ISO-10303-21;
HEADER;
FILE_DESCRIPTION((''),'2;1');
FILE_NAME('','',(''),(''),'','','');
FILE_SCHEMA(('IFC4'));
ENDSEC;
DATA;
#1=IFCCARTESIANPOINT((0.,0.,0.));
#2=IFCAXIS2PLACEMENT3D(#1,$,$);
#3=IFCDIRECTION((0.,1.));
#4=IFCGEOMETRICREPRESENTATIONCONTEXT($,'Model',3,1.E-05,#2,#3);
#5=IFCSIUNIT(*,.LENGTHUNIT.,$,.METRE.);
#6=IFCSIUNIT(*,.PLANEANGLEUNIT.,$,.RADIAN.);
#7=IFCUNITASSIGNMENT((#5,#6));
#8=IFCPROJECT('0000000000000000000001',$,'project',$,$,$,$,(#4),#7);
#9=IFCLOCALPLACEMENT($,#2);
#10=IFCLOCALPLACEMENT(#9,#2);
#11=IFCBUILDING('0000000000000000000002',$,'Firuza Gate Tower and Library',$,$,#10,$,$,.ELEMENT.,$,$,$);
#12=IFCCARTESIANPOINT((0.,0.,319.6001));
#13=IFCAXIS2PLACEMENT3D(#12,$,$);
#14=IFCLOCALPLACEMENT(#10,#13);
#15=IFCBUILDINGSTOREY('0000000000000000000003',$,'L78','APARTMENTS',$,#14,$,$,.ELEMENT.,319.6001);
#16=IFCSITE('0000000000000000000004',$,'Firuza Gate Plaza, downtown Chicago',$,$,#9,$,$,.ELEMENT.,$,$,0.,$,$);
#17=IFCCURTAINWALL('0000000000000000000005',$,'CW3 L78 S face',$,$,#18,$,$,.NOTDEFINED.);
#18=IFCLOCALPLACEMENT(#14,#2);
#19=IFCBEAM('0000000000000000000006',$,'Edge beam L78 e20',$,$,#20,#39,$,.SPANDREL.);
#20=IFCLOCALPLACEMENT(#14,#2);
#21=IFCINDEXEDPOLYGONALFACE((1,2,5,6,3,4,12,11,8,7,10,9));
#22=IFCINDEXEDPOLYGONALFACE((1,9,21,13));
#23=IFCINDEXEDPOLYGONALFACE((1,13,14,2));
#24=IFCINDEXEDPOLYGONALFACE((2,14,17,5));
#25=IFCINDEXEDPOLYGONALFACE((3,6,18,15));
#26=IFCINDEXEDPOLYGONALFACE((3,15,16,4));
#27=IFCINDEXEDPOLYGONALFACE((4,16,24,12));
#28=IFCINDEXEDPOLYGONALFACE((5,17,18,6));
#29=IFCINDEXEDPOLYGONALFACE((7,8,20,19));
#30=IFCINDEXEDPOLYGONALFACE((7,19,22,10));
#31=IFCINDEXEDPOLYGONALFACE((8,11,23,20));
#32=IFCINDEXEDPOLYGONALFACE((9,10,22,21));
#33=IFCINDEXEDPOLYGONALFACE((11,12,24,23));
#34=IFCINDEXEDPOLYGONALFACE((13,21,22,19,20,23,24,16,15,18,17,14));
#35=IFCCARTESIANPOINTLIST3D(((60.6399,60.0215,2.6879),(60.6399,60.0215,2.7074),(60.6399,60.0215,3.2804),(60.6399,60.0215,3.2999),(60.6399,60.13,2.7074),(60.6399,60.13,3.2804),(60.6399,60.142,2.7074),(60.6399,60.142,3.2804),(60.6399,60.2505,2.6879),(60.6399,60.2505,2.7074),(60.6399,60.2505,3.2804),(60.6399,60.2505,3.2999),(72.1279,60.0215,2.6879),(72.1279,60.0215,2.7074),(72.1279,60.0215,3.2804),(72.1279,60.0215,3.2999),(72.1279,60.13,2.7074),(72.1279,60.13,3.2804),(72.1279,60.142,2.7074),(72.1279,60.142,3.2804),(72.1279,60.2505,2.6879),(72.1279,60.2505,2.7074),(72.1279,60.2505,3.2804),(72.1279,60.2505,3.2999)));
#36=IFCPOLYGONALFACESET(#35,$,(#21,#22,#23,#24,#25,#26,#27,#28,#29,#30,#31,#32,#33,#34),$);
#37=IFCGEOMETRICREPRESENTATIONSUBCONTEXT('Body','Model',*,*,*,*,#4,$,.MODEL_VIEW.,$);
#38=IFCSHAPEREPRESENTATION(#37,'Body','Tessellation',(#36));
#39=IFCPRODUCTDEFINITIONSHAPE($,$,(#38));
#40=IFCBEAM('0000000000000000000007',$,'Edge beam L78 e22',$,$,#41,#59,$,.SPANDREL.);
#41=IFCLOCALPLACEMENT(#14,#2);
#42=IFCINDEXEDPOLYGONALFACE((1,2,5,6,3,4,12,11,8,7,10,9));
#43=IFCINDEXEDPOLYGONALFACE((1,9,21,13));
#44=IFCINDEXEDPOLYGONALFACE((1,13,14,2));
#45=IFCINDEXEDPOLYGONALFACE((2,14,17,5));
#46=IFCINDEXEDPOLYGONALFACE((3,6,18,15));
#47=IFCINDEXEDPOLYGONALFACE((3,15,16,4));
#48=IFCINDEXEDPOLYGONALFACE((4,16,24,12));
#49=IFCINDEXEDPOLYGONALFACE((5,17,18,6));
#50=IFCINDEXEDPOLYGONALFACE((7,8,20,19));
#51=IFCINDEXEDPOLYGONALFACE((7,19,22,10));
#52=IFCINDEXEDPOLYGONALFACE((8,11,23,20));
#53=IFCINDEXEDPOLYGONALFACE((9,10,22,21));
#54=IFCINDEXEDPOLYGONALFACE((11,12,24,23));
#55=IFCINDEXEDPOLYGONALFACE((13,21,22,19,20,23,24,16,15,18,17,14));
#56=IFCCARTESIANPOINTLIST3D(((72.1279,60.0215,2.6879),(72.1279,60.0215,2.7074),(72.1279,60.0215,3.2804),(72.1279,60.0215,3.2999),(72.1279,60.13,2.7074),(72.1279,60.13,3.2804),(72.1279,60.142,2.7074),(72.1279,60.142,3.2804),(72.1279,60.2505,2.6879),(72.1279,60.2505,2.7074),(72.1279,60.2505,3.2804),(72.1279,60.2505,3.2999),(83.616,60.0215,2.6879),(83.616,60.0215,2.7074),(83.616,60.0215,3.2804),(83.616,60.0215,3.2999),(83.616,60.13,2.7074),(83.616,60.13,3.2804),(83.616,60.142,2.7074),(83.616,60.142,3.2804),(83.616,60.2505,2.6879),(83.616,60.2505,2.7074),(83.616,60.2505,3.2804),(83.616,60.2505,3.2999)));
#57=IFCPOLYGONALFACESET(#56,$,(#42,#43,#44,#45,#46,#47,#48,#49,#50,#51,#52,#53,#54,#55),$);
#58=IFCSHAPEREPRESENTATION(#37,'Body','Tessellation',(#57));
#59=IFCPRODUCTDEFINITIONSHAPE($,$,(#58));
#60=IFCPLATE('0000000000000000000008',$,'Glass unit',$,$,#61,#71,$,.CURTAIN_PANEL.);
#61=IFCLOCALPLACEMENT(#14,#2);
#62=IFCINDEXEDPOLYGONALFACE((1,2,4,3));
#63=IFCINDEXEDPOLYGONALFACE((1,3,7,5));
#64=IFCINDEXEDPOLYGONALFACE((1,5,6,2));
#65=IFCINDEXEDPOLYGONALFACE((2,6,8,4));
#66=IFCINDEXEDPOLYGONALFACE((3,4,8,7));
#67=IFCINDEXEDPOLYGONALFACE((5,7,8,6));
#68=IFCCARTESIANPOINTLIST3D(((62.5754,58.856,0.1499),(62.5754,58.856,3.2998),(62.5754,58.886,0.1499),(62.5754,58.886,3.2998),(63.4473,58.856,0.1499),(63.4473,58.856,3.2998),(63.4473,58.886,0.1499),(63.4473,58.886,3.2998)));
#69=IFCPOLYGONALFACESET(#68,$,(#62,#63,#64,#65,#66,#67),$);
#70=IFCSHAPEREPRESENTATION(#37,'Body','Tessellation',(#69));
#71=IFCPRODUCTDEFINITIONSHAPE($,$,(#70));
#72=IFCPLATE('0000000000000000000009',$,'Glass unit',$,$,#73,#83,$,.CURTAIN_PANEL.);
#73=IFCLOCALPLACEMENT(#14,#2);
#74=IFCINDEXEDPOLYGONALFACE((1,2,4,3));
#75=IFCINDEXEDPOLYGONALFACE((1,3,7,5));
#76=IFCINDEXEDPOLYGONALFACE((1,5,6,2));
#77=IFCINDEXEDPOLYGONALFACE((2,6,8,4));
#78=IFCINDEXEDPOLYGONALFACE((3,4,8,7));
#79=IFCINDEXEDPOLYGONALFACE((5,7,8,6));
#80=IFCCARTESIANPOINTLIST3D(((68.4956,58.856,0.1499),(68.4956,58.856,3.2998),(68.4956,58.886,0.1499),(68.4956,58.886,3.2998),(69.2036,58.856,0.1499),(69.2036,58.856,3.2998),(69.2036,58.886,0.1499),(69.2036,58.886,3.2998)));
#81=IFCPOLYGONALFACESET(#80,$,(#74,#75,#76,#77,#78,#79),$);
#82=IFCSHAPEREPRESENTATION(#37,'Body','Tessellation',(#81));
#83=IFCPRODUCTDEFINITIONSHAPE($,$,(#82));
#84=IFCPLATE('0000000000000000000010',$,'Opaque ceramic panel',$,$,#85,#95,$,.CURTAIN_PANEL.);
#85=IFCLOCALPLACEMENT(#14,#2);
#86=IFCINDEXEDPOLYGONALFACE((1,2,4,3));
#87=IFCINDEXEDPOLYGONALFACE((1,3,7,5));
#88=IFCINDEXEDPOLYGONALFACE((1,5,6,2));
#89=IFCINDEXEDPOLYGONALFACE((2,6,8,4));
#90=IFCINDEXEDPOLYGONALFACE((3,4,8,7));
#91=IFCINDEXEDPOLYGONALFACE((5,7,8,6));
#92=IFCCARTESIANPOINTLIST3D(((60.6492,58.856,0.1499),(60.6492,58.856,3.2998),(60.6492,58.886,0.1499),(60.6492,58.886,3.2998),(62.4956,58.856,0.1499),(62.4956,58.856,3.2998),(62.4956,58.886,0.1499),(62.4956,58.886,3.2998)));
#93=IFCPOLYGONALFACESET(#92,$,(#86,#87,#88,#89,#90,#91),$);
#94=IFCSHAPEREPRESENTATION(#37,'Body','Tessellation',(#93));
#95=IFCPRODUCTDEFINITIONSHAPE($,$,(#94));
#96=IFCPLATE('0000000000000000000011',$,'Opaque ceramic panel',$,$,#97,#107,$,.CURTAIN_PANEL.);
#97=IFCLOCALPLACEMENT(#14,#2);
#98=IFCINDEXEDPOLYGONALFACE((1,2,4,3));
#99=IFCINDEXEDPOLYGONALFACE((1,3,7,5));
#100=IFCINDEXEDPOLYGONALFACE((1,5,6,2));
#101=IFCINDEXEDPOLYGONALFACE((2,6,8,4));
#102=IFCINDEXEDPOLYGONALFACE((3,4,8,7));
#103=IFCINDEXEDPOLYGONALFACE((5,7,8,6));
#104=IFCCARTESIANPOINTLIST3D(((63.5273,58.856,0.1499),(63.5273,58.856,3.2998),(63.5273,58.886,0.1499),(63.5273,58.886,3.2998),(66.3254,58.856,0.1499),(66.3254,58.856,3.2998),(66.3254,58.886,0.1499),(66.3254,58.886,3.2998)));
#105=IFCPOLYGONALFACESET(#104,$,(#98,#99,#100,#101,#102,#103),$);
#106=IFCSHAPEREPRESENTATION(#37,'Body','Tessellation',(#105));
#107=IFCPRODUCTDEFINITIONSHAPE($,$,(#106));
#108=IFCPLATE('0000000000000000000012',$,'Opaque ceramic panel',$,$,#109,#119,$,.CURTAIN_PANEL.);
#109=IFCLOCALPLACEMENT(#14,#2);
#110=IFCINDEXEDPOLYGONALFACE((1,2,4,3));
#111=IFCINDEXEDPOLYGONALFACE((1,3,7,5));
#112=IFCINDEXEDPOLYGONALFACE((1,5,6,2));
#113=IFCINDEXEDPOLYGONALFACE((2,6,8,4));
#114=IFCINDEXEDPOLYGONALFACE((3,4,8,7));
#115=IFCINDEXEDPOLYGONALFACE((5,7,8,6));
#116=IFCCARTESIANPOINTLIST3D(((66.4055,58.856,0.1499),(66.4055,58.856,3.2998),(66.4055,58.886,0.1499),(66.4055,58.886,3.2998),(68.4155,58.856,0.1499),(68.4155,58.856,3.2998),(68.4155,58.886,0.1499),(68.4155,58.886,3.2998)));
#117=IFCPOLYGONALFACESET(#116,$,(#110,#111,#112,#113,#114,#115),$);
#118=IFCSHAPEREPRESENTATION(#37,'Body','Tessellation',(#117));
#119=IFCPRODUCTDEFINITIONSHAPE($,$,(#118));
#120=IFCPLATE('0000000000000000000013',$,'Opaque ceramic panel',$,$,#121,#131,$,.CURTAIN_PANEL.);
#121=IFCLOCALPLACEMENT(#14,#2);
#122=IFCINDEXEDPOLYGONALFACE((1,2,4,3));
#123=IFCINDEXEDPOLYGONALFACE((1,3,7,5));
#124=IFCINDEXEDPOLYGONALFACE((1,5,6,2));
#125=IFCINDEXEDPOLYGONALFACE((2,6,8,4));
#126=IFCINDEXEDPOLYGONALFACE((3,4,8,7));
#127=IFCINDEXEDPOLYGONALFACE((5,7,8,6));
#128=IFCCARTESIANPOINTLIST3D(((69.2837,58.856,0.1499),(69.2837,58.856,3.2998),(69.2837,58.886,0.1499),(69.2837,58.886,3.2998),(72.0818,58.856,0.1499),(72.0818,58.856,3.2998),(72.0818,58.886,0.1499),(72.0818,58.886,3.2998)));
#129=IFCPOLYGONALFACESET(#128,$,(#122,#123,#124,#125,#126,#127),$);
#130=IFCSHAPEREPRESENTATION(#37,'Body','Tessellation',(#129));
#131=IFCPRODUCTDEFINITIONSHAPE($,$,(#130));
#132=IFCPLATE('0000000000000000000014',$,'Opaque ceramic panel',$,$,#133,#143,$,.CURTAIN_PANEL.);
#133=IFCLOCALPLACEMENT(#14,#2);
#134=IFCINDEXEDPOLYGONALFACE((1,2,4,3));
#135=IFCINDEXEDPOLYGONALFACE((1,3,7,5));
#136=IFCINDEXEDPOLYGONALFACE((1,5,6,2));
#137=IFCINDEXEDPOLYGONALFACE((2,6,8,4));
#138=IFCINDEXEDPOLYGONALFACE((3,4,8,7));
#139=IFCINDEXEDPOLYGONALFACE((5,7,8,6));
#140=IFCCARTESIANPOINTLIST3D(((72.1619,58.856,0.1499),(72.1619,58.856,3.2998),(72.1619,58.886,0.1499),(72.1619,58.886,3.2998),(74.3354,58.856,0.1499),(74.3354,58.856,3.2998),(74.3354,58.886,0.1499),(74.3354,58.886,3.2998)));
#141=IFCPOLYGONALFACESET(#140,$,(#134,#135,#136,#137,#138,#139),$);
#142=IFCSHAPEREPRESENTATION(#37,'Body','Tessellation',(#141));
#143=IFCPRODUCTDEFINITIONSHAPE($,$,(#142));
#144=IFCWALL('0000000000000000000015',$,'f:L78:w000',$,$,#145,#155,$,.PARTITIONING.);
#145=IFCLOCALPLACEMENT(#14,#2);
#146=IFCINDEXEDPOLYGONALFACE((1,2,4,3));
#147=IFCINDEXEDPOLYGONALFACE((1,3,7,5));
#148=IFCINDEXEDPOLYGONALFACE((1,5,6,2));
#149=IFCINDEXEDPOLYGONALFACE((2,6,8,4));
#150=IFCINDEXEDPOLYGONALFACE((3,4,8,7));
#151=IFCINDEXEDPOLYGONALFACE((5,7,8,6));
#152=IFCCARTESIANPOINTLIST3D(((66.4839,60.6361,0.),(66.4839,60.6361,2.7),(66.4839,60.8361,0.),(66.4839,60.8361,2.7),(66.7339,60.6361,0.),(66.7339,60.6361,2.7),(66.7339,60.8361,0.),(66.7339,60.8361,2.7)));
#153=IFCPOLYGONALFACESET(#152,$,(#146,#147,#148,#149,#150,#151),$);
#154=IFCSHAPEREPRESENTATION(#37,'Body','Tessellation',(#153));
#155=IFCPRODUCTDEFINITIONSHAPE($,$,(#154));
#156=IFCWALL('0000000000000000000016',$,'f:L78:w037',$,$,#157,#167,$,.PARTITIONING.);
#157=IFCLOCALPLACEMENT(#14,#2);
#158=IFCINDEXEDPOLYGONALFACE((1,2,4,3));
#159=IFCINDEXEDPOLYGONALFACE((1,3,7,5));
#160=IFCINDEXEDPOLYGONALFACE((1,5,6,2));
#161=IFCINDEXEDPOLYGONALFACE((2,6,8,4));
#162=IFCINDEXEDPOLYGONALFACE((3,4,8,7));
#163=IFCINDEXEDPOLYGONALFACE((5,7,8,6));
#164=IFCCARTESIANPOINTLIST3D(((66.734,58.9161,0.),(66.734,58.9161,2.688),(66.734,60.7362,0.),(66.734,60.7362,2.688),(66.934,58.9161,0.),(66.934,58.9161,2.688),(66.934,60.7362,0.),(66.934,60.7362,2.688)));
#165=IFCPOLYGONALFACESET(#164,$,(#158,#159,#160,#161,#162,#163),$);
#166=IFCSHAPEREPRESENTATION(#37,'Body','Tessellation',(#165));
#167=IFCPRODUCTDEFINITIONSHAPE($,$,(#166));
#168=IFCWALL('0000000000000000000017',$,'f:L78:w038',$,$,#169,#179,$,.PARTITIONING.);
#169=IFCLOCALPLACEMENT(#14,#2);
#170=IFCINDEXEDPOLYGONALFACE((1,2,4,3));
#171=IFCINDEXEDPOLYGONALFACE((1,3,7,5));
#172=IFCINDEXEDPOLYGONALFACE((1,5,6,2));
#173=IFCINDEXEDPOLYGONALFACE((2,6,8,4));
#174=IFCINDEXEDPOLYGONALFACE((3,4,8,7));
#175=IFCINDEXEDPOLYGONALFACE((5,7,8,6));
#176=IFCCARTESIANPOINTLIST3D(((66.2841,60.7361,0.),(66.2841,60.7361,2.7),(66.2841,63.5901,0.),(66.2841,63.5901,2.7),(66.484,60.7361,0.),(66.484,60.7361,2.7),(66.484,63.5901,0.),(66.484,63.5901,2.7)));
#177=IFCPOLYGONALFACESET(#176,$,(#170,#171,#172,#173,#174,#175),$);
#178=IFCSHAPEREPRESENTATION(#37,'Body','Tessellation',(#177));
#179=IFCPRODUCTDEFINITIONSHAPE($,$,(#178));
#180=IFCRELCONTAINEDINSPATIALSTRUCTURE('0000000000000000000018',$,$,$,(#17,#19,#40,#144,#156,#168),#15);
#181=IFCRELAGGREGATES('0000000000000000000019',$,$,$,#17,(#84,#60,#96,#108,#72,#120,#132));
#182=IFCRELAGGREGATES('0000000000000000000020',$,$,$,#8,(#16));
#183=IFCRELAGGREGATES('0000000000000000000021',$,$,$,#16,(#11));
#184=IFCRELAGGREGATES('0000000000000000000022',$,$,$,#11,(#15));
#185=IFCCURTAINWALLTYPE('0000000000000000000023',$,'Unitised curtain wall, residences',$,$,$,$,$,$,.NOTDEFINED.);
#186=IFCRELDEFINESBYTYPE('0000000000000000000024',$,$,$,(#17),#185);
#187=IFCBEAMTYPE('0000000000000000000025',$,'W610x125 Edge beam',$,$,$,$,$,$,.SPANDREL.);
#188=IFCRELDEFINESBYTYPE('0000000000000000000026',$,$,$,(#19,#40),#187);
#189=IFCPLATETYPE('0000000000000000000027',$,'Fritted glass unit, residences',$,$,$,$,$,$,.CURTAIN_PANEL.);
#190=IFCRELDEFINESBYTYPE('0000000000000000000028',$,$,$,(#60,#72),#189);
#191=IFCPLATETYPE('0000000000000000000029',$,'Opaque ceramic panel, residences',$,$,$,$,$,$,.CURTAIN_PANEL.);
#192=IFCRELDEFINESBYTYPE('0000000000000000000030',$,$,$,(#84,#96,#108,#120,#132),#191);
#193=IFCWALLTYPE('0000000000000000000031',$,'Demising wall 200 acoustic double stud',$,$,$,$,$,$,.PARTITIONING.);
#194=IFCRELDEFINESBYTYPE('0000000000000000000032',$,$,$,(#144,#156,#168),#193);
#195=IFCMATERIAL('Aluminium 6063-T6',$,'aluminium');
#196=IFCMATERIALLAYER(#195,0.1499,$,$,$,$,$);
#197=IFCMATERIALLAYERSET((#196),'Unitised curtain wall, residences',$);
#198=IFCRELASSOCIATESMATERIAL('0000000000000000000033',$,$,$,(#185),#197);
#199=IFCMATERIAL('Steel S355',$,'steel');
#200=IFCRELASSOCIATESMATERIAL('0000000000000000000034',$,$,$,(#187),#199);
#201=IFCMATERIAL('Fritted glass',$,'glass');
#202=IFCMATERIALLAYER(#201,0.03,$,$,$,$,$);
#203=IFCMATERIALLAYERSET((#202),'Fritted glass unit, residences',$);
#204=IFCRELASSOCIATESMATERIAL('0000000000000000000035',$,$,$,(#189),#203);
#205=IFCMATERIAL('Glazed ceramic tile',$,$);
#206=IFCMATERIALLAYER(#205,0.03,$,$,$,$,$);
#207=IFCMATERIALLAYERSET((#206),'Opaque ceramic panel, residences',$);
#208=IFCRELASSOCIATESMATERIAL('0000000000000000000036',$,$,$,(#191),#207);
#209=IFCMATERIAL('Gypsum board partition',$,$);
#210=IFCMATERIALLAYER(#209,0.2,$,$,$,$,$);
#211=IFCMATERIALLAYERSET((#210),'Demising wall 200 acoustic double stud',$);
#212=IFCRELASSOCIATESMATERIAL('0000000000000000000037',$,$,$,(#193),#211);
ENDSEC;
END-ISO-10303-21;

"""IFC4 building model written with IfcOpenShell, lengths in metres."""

from ifc_helpers import new_model, si_unit, direction, frame, frame_2d, origin, origin_2d, place, context, subcontext, project, spatial, polyline, rectangle, i_section, outline, extrude, material, layer, layer_set, material_profile, profile_set, type_object, element, aggregate, save


model = new_model("IFC4")

# Units and contexts
model_context = context("Model", 3, precision=1e-05, world=origin(), true_north=direction((0.0, 1.0)))
body_context = subcontext(model_context, "Body", "Model", "MODEL_VIEW")
ifc_project = project(units=[si_unit("LENGTHUNIT", "METRE"), si_unit("PLANEANGLEUNIT", "RADIAN")], contexts=[model_context])

# Site, building, storey
site_placement = place(None, origin())
site = spatial("IfcSite", under=ifc_project, at=site_placement, Name="Firuza Gate Plaza, downtown Chicago", CompositionType="ELEMENT", RefElevation=0.0)
building_placement = place(site_placement, origin())
building = spatial("IfcBuilding", under=site, at=building_placement, Name="Firuza Gate Tower and Library", CompositionType="ELEMENT")
storey_placement = place(building_placement, frame((0.0, 0.0, 319.6001)))
storey = spatial("IfcBuildingStorey", under=building, at=storey_placement, Name="L78", Description="APARTMENTS", CompositionType="ELEMENT", Elevation=319.6001)

# Curtain wall
ifc_material_1 = material(Name="Aluminium 6063-T6", Category="aluminium")
ifc_layer_1 = layer(ifc_material_1, 0.1499)
ifc_layer_set_1 = layer_set([ifc_layer_1], Name="Unitised curtain wall, residences")
curtain_wall_type = type_object("IfcCurtainWallType", Name="Unitised curtain wall, residences", PredefinedType="NOTDEFINED", material=ifc_layer_set_1)
curtain_wall_placement = place(storey_placement, origin())
curtain_wall = element("IfcCurtainWall", 1, at=curtain_wall_placement, inside=storey, type_object=curtain_wall_type, Name="CW3 L78 S face", PredefinedType="NOTDEFINED")

# Beams
ifc_material_2 = material(Name="Steel S355", Category="steel")
ifc_material_profile_1 = material_profile(ifc_material_2, i_section(OverallWidth=0.229, OverallDepth=0.6121, WebThickness=0.012, FlangeThickness=0.0195, at=origin_2d()))
ifc_profile_set_1 = profile_set([ifc_material_profile_1], Name="Steel S355")
beam_type_1 = type_object("IfcBeamType", Name="W610x125 Edge beam", PredefinedType="SPANDREL", material=ifc_profile_set_1)
for number, where, z_axis, x_axis, name in (
    (2, (60.6399, 60.136, 2.9939), (1.0, 0.0, 0.0), (0.0, 1.0, 0.0), "Edge beam L78 e20"),
    (3, (72.1279, 60.136, 2.9939), (1.0, 0.0, 0.0), (0.0, 1.0, 0.0), "Edge beam L78 e22"),
):
    element("IfcBeam", number, at=place(storey_placement, frame(where, z_axis=z_axis, x_axis=x_axis)), inside=storey, type_object=beam_type_1, Name=name, PredefinedType="SPANDREL", context=body_context, shape_type="SweptSolid", body=[
        extrude(i_section(OverallWidth=0.229, OverallDepth=0.6121, WebThickness=0.012, FlangeThickness=0.0195, at=origin_2d()), origin(), (0.0, 0.0, 1.0), 11.488),
    ])

# Plates
ifc_material_3 = material(Name="Fritted glass", Category="glass")
ifc_layer_2 = layer(ifc_material_3, 0.03)
ifc_layer_set_2 = layer_set([ifc_layer_2], Name="Fritted glass unit, residences")
plate_type_1 = type_object("IfcPlateType", Name="Fritted glass unit, residences", PredefinedType="CURTAIN_PANEL", material=ifc_layer_set_2)
plate_1_placement = place(storey_placement, frame((62.5754, 58.856, 0.1499), z_axis=(0.0, -1.0, 0.0), x_axis=(1.0, 0.0, 0.0)))
plate_1 = element("IfcPlate", 4, at=plate_1_placement, type_object=plate_type_1, Name="Glass unit", PredefinedType="CURTAIN_PANEL", context=body_context, shape_type="SweptSolid", body=[
    extrude(outline(polyline([(0.0, 0.0), (0.8718, 0.0), (0.8718, 3.1499), (0.0, 3.1499), (0.0, 0.0)])), origin(), (0.0, 0.0, -1.0), 0.03),
])
plate_2_placement = place(storey_placement, frame((68.4956, 58.856, 0.1499), z_axis=(0.0, -1.0, 0.0), x_axis=(1.0, 0.0, 0.0)))
plate_2 = element("IfcPlate", 5, at=plate_2_placement, type_object=plate_type_1, Name="Glass unit", PredefinedType="CURTAIN_PANEL", context=body_context, shape_type="SweptSolid", body=[
    extrude(outline(polyline([(0.0, 0.0), (0.708, 0.0), (0.708, 3.1499), (0.0, 3.1499), (0.0, 0.0)])), origin(), (0.0, 0.0, -1.0), 0.03),
])
ifc_material_4 = material(Name="Glazed ceramic tile")
ifc_layer_3 = layer(ifc_material_4, 0.03)
ifc_layer_set_3 = layer_set([ifc_layer_3], Name="Opaque ceramic panel, residences")
plate_type_2 = type_object("IfcPlateType", Name="Opaque ceramic panel, residences", PredefinedType="CURTAIN_PANEL", material=ifc_layer_set_3)
plate_3_placement = place(storey_placement, frame((60.6492, 58.856, 0.1499), z_axis=(0.0, -1.0, 0.0), x_axis=(1.0, 0.0, 0.0)))
plate_3 = element("IfcPlate", 6, at=plate_3_placement, type_object=plate_type_2, Name="Opaque ceramic panel", PredefinedType="CURTAIN_PANEL", context=body_context, shape_type="SweptSolid", body=[
    extrude(outline(polyline([(0.0, 0.0), (1.8464, 0.0), (1.8464, 3.1499), (0.0, 3.1499), (0.0, 0.0)])), origin(), (0.0, 0.0, -1.0), 0.03),
])
plate_4_placement = place(storey_placement, frame((63.5273, 58.856, 0.1499), z_axis=(0.0, -1.0, 0.0), x_axis=(1.0, 0.0, 0.0)))
plate_4 = element("IfcPlate", 7, at=plate_4_placement, type_object=plate_type_2, Name="Opaque ceramic panel", PredefinedType="CURTAIN_PANEL", context=body_context, shape_type="SweptSolid", body=[
    extrude(outline(polyline([(0.0, 0.0), (2.7981, 0.0), (2.7981, 3.1499), (0.0, 3.1499), (0.0, 0.0)])), origin(), (0.0, 0.0, -1.0), 0.03),
])
plate_5_placement = place(storey_placement, frame((66.4055, 58.856, 0.1499), z_axis=(0.0, -1.0, 0.0), x_axis=(1.0, 0.0, 0.0)))
plate_5 = element("IfcPlate", 8, at=plate_5_placement, type_object=plate_type_2, Name="Opaque ceramic panel", PredefinedType="CURTAIN_PANEL", context=body_context, shape_type="SweptSolid", body=[
    extrude(outline(polyline([(0.0, 0.0), (2.01, 0.0), (2.01, 3.1499), (0.0, 3.1499), (0.0, 0.0)])), origin(), (0.0, 0.0, -1.0), 0.03),
])
plate_6_placement = place(storey_placement, frame((69.2837, 58.856, 0.1499), z_axis=(0.0, -1.0, 0.0), x_axis=(1.0, 0.0, 0.0)))
plate_6 = element("IfcPlate", 9, at=plate_6_placement, type_object=plate_type_2, Name="Opaque ceramic panel", PredefinedType="CURTAIN_PANEL", context=body_context, shape_type="SweptSolid", body=[
    extrude(outline(polyline([(0.0, 0.0), (2.7981, 0.0), (2.7981, 3.1499), (0.0, 3.1499), (0.0, 0.0)])), origin(), (0.0, 0.0, -1.0), 0.03),
])
plate_7_placement = place(storey_placement, frame((72.1619, 58.856, 0.1499), z_axis=(0.0, -1.0, 0.0), x_axis=(1.0, 0.0, 0.0)))
plate_7 = element("IfcPlate", 10, at=plate_7_placement, type_object=plate_type_2, Name="Opaque ceramic panel", PredefinedType="CURTAIN_PANEL", context=body_context, shape_type="SweptSolid", body=[
    extrude(outline(polyline([(0.0, 0.0), (2.1736, 0.0), (2.1736, 3.1499), (0.0, 3.1499), (0.0, 0.0)])), origin(), (0.0, 0.0, -1.0), 0.03),
])
aggregate(curtain_wall, [plate_3, plate_1, plate_4, plate_5, plate_2, plate_6, plate_7])

# Walls
ifc_material_5 = material(Name="Gypsum board partition")
ifc_layer_4 = layer(ifc_material_5, 0.2)
ifc_layer_set_4 = layer_set([ifc_layer_4], Name="Demising wall 200 acoustic double stud")
wall_type_1 = type_object("IfcWallType", Name="Demising wall 200 acoustic double stud", PredefinedType="PARTITIONING", material=ifc_layer_set_4)
wall_1_placement = place(storey_placement, frame((66.4839, 60.7361, 0.0), z_axis=(0.0, 0.0, 1.0), x_axis=(1.0, 0.0, 0.0)))
element("IfcWall", 11, at=wall_1_placement, inside=storey, type_object=wall_type_1, Name="f:L78:w000", PredefinedType="PARTITIONING", context=body_context, shape_type="SweptSolid", body=[
    extrude(rectangle(XDim=0.25, YDim=0.2, at=frame_2d((0.125, 0.0))), origin(), (0.0, 0.0, 1.0), 2.7),
])
wall_2_placement = place(storey_placement, frame((66.834, 58.916, 0.0), z_axis=(0.0, 0.0, 1.0), x_axis=(0.0, 1.0, 0.0)))
element("IfcWall", 12, at=wall_2_placement, inside=storey, type_object=wall_type_1, Name="f:L78:w037", PredefinedType="PARTITIONING", context=body_context, shape_type="SweptSolid", body=[
    extrude(rectangle(XDim=1.8201, YDim=0.2, at=frame_2d((0.9102, 0.0))), origin(), (0.0, 0.0, 1.0), 2.688),
])
wall_3_placement = place(storey_placement, frame((66.384, 60.7361, 0.0), z_axis=(0.0, 0.0, 1.0), x_axis=(0.0, 1.0, 0.0)))
element("IfcWall", 13, at=wall_3_placement, inside=storey, type_object=wall_type_1, Name="f:L78:w038", PredefinedType="PARTITIONING", context=body_context, shape_type="SweptSolid", body=[
    extrude(rectangle(XDim=2.854, YDim=0.2, at=frame_2d((1.427, 0.0))), origin(), (0.0, 0.0, 1.0), 2.7),
])

save(model, "model.ifc")
